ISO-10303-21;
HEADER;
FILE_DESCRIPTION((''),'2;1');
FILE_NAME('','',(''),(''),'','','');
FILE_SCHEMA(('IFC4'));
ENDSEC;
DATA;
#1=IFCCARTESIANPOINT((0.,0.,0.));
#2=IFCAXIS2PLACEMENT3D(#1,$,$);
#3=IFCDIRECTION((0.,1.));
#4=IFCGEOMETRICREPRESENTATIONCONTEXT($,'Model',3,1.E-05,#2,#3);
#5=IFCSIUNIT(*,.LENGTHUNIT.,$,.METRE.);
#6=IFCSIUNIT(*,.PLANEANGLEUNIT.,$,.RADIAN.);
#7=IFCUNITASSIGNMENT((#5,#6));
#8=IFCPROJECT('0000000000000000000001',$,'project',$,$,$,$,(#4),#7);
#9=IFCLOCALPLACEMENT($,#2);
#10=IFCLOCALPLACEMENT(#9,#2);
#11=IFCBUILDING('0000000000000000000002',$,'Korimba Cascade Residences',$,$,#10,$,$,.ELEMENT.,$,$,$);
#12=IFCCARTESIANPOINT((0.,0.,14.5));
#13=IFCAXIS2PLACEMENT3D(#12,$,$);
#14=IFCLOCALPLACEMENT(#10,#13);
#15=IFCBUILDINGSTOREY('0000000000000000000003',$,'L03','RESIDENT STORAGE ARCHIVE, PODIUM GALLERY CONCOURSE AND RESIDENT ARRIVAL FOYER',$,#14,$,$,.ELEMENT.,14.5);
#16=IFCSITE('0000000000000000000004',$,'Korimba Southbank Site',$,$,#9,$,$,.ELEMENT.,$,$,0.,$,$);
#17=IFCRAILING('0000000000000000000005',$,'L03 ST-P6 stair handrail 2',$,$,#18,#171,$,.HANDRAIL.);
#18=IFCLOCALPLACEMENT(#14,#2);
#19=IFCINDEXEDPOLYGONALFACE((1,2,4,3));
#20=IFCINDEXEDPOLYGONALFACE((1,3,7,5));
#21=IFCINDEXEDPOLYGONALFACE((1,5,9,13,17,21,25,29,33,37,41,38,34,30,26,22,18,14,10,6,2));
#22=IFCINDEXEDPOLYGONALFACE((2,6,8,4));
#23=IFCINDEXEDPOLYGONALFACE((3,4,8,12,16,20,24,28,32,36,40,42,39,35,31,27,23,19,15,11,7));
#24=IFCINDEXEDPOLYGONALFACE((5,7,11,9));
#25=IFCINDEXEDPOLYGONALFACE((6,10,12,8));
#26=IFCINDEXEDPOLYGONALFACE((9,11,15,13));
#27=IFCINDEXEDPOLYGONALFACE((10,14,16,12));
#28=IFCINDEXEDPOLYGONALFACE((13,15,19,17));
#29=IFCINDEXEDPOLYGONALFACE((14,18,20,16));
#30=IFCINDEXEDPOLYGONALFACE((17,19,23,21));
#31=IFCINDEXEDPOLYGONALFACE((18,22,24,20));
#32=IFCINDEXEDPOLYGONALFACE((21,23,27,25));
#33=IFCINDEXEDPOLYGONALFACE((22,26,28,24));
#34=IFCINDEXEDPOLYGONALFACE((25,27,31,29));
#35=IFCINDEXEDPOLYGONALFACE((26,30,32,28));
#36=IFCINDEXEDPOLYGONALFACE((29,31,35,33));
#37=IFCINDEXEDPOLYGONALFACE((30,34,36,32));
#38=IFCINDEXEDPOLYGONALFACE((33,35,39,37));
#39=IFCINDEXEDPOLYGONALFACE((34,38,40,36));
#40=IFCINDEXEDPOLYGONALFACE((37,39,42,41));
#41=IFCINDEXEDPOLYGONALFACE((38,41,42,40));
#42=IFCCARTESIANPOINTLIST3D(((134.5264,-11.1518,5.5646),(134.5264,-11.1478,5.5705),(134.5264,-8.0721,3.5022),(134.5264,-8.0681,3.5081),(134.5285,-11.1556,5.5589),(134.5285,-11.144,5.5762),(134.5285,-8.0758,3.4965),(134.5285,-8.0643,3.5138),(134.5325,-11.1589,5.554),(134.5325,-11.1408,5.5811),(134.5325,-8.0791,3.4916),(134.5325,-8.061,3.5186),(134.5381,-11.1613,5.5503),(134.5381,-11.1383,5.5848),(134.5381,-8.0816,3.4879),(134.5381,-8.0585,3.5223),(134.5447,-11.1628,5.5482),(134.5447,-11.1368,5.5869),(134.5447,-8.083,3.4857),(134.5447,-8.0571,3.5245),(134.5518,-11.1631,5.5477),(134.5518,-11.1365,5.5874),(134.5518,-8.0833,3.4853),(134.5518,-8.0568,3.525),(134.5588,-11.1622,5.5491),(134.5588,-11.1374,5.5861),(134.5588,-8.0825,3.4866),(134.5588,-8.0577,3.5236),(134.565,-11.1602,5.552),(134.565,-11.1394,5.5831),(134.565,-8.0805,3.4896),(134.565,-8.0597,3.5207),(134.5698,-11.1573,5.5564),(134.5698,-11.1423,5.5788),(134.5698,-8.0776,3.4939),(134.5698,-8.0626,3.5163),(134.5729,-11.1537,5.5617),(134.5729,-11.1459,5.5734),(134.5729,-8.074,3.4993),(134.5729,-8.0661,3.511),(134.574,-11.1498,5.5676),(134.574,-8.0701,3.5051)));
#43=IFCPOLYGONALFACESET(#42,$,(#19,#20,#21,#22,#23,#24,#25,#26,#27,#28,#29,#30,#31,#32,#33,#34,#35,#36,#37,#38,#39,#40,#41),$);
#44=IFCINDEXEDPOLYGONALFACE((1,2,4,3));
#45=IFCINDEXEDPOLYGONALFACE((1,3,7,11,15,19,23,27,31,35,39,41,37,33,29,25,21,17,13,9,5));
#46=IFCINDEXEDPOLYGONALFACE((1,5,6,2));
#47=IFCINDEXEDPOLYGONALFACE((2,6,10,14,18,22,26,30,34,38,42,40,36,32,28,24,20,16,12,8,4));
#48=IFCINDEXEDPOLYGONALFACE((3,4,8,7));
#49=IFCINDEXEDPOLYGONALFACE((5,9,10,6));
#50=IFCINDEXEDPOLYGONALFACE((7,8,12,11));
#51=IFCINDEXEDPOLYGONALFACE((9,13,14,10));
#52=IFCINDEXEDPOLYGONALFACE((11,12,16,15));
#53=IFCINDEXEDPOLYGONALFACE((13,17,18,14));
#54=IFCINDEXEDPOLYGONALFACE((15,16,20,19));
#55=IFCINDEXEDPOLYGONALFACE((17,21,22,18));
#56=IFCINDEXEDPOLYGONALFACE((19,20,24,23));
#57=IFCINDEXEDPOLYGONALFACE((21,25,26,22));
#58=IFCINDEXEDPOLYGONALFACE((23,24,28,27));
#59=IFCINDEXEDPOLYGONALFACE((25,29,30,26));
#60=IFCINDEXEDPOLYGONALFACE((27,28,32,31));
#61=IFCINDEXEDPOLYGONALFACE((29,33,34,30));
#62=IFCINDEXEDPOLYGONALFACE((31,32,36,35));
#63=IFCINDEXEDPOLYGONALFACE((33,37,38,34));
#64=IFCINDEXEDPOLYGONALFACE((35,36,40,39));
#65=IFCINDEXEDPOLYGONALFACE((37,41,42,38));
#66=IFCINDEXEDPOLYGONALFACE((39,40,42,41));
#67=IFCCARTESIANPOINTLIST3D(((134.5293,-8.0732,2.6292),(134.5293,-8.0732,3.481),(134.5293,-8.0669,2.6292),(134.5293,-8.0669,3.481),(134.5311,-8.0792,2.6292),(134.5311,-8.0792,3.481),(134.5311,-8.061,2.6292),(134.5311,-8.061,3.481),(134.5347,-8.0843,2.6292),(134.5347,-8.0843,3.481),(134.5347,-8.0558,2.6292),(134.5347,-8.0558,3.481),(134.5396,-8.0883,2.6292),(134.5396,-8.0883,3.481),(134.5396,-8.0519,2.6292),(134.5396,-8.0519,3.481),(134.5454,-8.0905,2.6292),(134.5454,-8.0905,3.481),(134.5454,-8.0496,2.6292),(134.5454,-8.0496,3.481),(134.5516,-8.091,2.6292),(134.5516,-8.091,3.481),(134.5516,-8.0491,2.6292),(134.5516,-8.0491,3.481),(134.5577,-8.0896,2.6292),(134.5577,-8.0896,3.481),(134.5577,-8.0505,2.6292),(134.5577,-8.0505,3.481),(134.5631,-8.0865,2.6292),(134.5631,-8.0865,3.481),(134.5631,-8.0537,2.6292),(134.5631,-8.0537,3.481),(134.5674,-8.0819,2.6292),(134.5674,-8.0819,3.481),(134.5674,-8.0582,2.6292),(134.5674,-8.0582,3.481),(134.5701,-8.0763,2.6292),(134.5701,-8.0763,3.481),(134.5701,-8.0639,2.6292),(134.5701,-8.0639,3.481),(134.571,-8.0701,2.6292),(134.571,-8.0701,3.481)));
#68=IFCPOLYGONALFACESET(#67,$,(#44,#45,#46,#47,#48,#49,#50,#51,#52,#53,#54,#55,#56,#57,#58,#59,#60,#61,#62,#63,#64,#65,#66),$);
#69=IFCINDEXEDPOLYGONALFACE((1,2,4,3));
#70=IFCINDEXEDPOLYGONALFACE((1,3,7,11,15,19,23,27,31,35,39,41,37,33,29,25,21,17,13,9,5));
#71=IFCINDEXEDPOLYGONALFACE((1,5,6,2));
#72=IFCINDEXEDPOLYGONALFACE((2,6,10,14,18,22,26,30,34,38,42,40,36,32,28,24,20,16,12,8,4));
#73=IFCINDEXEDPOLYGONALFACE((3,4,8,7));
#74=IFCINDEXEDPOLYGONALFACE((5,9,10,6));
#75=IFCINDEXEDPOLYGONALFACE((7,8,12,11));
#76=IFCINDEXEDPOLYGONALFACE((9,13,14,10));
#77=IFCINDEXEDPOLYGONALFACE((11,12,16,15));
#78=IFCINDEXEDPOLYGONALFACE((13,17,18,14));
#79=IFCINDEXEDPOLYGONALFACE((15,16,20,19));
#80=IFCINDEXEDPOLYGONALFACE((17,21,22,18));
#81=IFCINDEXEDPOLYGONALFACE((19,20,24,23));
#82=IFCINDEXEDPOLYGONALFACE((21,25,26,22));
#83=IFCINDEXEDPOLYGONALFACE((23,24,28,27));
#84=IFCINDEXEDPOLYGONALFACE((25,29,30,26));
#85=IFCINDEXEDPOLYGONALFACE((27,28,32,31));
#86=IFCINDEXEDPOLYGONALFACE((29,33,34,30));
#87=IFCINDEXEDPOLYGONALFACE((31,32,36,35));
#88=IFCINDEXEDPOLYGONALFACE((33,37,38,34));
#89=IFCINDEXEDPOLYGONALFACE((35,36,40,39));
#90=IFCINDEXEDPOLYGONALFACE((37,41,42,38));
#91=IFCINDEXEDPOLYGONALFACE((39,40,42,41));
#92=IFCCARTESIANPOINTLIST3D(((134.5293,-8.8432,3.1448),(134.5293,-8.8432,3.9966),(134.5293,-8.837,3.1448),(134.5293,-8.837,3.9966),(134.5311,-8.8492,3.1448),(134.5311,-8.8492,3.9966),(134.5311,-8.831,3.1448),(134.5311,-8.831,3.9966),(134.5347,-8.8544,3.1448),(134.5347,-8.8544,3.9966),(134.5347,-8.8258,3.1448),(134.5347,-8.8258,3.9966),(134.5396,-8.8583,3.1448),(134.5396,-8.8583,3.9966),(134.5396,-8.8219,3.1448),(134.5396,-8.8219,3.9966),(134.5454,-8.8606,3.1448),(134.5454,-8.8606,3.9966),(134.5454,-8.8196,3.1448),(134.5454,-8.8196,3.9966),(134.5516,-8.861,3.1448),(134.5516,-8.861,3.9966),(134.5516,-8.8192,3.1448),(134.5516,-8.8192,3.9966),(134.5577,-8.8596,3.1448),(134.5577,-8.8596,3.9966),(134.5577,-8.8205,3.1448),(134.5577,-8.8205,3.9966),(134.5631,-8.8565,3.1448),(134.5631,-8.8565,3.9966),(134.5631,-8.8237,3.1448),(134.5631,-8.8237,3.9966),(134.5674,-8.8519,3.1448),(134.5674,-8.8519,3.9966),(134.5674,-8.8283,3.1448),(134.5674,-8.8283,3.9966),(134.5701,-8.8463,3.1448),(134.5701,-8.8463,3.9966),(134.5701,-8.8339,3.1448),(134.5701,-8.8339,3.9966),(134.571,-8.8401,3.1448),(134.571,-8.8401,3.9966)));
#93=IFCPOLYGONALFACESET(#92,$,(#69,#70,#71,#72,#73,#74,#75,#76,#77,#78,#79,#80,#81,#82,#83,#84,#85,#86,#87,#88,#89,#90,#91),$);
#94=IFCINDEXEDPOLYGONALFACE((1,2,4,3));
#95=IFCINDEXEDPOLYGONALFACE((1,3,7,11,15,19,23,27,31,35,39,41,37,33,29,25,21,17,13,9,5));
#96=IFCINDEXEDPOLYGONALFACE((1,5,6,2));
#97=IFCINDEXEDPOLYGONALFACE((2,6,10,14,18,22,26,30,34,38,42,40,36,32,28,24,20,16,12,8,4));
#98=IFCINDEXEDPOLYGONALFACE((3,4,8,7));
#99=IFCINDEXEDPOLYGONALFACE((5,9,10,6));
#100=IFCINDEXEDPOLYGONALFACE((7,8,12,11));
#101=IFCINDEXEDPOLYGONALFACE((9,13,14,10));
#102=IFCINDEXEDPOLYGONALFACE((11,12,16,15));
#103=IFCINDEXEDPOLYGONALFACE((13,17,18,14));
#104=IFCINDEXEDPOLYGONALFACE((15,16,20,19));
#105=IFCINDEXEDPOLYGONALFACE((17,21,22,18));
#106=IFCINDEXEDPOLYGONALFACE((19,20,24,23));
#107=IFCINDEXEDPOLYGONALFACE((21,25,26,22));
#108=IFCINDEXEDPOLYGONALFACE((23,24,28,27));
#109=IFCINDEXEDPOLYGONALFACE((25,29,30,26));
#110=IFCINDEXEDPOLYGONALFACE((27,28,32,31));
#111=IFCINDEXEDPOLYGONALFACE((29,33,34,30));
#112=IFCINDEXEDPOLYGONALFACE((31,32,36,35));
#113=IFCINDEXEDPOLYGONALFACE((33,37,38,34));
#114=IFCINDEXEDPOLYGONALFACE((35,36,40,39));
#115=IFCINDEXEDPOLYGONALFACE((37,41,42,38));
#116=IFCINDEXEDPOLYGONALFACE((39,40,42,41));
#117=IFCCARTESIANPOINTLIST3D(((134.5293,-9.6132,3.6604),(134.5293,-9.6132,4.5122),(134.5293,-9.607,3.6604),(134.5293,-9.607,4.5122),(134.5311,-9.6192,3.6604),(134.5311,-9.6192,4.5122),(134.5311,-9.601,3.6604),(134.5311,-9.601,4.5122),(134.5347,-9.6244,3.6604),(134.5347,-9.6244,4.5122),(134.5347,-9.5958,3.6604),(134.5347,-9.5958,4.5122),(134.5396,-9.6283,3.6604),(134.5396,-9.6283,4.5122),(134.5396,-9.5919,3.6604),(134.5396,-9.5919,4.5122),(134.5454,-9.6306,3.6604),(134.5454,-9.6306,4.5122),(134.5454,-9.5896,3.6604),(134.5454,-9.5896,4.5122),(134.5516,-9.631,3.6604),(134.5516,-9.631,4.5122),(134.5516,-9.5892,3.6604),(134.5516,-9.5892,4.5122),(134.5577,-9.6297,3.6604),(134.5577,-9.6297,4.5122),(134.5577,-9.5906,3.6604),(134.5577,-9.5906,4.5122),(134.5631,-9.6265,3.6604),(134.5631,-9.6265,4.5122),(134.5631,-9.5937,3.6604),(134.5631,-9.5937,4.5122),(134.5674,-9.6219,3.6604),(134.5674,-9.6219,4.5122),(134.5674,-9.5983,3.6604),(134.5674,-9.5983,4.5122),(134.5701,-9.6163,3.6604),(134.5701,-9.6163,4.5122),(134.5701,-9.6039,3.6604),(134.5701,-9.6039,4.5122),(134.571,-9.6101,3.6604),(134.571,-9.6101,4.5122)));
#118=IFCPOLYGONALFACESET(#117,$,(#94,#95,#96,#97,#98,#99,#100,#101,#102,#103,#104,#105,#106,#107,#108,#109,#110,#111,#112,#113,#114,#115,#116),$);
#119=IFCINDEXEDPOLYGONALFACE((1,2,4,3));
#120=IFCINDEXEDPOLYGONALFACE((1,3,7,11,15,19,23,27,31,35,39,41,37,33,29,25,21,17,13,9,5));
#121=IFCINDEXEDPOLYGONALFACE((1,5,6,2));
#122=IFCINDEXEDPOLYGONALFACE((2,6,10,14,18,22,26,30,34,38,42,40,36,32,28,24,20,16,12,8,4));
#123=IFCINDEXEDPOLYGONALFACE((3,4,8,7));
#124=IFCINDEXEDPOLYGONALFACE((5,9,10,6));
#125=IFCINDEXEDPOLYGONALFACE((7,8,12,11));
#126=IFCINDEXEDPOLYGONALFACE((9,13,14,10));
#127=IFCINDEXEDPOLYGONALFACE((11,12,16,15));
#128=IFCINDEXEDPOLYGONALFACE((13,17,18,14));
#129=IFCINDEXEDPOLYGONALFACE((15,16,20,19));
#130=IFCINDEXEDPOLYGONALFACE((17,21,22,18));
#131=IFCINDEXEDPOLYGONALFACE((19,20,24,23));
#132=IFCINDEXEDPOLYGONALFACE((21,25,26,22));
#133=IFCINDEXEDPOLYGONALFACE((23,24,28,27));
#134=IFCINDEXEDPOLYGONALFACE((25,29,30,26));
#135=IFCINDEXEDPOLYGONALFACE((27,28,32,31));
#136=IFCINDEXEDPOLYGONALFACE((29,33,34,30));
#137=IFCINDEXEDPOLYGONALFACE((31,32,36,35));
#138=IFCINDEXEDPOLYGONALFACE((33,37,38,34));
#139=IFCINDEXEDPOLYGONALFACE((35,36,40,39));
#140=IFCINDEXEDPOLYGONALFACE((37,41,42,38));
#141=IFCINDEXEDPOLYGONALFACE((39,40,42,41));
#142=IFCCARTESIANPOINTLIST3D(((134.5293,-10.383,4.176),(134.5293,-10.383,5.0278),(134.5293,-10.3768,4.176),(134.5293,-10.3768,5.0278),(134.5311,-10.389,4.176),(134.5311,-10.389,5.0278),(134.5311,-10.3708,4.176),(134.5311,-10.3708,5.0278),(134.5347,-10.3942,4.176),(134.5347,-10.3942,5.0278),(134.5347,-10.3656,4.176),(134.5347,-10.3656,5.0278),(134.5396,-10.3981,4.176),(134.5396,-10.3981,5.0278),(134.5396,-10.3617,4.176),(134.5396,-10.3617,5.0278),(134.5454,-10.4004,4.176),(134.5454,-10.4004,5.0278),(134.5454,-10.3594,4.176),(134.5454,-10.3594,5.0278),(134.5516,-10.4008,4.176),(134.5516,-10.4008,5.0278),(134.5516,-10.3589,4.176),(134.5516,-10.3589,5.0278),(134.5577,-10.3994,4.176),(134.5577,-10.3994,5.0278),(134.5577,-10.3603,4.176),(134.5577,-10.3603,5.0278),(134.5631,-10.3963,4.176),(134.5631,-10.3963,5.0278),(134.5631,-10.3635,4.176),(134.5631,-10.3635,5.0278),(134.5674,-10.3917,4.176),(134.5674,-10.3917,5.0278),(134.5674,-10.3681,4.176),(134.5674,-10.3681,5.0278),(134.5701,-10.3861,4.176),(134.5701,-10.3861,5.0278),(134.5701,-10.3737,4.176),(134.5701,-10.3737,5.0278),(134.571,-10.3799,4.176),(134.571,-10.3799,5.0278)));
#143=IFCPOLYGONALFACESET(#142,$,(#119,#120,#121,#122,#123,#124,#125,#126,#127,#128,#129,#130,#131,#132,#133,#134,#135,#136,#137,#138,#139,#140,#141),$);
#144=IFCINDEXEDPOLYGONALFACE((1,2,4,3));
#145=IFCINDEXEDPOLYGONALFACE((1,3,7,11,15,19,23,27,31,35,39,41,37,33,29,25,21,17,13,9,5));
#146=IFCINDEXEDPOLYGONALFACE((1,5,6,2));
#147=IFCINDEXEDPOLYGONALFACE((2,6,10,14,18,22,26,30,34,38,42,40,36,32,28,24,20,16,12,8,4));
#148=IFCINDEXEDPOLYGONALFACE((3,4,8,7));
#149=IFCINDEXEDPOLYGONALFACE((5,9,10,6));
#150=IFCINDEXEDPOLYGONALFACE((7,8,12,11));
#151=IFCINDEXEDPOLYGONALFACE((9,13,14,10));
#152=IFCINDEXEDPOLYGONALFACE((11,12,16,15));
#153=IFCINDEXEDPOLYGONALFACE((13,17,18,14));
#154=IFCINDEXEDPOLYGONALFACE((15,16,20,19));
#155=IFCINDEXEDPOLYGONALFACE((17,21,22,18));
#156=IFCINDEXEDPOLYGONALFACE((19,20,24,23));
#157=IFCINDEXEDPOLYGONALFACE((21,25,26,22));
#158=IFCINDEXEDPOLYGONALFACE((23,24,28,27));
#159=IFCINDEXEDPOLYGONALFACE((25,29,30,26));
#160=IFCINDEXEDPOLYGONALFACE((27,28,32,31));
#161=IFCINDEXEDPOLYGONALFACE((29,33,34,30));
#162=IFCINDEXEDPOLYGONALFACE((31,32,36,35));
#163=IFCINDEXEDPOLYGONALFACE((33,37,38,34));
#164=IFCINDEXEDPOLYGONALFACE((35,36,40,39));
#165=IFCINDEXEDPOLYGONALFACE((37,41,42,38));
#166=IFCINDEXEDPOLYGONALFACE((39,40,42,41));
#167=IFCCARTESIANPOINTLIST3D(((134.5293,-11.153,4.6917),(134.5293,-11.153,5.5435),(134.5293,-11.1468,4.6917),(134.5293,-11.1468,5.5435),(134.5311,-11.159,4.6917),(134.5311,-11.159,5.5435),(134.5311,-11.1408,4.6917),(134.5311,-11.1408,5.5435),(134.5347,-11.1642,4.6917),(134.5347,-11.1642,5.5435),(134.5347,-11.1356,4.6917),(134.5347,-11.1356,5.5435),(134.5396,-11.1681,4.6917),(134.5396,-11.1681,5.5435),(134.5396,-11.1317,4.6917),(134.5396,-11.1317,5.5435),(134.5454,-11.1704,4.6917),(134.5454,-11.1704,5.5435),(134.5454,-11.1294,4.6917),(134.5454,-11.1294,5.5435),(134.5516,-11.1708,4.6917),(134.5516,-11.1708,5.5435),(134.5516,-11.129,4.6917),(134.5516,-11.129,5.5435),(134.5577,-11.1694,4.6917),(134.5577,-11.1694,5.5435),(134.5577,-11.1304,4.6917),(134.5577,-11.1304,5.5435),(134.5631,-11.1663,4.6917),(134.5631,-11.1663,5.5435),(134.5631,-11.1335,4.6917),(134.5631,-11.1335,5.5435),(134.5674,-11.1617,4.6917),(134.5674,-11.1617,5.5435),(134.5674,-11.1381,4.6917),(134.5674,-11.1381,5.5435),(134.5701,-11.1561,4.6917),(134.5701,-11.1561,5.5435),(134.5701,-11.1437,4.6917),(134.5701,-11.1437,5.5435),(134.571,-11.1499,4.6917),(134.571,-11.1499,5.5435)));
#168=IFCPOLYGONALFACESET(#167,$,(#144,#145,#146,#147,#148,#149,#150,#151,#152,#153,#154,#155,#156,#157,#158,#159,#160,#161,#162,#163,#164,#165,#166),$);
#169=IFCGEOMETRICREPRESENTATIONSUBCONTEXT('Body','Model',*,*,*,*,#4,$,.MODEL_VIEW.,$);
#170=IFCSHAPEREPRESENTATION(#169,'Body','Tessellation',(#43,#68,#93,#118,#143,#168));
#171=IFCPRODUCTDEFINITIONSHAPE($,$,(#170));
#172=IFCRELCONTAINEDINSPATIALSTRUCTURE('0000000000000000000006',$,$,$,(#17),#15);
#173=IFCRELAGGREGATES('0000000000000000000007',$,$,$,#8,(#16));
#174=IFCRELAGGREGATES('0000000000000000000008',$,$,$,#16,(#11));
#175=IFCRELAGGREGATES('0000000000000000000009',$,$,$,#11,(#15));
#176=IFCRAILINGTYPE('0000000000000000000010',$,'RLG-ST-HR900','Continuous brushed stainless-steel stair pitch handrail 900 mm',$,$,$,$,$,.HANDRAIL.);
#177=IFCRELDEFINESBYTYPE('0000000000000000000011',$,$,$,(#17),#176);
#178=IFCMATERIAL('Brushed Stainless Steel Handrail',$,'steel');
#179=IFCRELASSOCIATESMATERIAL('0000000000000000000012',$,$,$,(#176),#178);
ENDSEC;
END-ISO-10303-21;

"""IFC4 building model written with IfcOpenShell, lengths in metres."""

from ifc_helpers import new_model, si_unit, direction, frame, origin, origin_2d, place, context, subcontext, project, spatial, circle, extrude, material, type_object, element, save


model = new_model("IFC4")

# Units and contexts
model_context = context("Model", 3, precision=1e-05, world=origin(), true_north=direction((0.0, 1.0)))
body_context = subcontext(model_context, "Body", "Model", "MODEL_VIEW")
ifc_project = project(units=[si_unit("LENGTHUNIT", "METRE"), si_unit("PLANEANGLEUNIT", "RADIAN")], contexts=[model_context])

# Site, building, storey
site_placement = place(None, origin())
site = spatial("IfcSite", under=ifc_project, at=site_placement, Name="Korimba Southbank Site", CompositionType="ELEMENT", RefElevation=0.0)
building_placement = place(site_placement, origin())
building = spatial("IfcBuilding", under=site, at=building_placement, Name="Korimba Cascade Residences", CompositionType="ELEMENT")
storey_placement = place(building_placement, frame((0.0, 0.0, 14.5)))
storey = spatial("IfcBuildingStorey", under=building, at=storey_placement, Name="L03", Description="RESIDENT STORAGE ARCHIVE, PODIUM GALLERY CONCOURSE AND RESIDENT ARRIVAL FOYER", CompositionType="ELEMENT", Elevation=14.5)

# Railing
ifc_material_1 = material(Name="Brushed Stainless Steel Handrail", Category="steel")
railing_type_1 = type_object("IfcRailingType", Name="RLG-ST-HR900", Description="Continuous brushed stainless-steel stair pitch handrail 900 mm", PredefinedType="HANDRAIL", material=ifc_material_1)
railing_1_placement = place(storey_placement, frame((134.55, -8.0701, 2.6292)))
element("IfcRailing", 1, at=railing_1_placement, inside=storey, type_object=railing_type_1, Name="L03 ST-P6 stair handrail 2", PredefinedType="HANDRAIL", context=body_context, shape_type="SweptSolid", body=[
    extrude(circle(Radius=0.0239, at=origin_2d()), frame((0.0, 0.0, 0.876), z_axis=(0.0, -0.830893, 0.556432), x_axis=(1.0, 0.0, 0.0)), (0.0, 0.0, 1.0), 3.7065),
    extrude(circle(Radius=0.021, at=origin_2d()), origin(), (0.0, 0.0, 1.0), 0.8518),
    extrude(circle(Radius=0.021, at=origin_2d()), frame((0.0, -0.77, 0.5156)), (0.0, 0.0, 1.0), 0.8518),
    extrude(circle(Radius=0.021, at=origin_2d()), frame((0.0, -1.54, 1.0312)), (0.0, 0.0, 1.0), 0.8518),
    extrude(circle(Radius=0.021, at=origin_2d()), frame((0.0, -2.3098, 1.5469)), (0.0, 0.0, 1.0), 0.8518),
    extrude(circle(Radius=0.021, at=origin_2d()), frame((0.0, -3.0798, 2.0625)), (0.0, 0.0, 1.0), 0.8518),
])

save(model, "model.ifc")
